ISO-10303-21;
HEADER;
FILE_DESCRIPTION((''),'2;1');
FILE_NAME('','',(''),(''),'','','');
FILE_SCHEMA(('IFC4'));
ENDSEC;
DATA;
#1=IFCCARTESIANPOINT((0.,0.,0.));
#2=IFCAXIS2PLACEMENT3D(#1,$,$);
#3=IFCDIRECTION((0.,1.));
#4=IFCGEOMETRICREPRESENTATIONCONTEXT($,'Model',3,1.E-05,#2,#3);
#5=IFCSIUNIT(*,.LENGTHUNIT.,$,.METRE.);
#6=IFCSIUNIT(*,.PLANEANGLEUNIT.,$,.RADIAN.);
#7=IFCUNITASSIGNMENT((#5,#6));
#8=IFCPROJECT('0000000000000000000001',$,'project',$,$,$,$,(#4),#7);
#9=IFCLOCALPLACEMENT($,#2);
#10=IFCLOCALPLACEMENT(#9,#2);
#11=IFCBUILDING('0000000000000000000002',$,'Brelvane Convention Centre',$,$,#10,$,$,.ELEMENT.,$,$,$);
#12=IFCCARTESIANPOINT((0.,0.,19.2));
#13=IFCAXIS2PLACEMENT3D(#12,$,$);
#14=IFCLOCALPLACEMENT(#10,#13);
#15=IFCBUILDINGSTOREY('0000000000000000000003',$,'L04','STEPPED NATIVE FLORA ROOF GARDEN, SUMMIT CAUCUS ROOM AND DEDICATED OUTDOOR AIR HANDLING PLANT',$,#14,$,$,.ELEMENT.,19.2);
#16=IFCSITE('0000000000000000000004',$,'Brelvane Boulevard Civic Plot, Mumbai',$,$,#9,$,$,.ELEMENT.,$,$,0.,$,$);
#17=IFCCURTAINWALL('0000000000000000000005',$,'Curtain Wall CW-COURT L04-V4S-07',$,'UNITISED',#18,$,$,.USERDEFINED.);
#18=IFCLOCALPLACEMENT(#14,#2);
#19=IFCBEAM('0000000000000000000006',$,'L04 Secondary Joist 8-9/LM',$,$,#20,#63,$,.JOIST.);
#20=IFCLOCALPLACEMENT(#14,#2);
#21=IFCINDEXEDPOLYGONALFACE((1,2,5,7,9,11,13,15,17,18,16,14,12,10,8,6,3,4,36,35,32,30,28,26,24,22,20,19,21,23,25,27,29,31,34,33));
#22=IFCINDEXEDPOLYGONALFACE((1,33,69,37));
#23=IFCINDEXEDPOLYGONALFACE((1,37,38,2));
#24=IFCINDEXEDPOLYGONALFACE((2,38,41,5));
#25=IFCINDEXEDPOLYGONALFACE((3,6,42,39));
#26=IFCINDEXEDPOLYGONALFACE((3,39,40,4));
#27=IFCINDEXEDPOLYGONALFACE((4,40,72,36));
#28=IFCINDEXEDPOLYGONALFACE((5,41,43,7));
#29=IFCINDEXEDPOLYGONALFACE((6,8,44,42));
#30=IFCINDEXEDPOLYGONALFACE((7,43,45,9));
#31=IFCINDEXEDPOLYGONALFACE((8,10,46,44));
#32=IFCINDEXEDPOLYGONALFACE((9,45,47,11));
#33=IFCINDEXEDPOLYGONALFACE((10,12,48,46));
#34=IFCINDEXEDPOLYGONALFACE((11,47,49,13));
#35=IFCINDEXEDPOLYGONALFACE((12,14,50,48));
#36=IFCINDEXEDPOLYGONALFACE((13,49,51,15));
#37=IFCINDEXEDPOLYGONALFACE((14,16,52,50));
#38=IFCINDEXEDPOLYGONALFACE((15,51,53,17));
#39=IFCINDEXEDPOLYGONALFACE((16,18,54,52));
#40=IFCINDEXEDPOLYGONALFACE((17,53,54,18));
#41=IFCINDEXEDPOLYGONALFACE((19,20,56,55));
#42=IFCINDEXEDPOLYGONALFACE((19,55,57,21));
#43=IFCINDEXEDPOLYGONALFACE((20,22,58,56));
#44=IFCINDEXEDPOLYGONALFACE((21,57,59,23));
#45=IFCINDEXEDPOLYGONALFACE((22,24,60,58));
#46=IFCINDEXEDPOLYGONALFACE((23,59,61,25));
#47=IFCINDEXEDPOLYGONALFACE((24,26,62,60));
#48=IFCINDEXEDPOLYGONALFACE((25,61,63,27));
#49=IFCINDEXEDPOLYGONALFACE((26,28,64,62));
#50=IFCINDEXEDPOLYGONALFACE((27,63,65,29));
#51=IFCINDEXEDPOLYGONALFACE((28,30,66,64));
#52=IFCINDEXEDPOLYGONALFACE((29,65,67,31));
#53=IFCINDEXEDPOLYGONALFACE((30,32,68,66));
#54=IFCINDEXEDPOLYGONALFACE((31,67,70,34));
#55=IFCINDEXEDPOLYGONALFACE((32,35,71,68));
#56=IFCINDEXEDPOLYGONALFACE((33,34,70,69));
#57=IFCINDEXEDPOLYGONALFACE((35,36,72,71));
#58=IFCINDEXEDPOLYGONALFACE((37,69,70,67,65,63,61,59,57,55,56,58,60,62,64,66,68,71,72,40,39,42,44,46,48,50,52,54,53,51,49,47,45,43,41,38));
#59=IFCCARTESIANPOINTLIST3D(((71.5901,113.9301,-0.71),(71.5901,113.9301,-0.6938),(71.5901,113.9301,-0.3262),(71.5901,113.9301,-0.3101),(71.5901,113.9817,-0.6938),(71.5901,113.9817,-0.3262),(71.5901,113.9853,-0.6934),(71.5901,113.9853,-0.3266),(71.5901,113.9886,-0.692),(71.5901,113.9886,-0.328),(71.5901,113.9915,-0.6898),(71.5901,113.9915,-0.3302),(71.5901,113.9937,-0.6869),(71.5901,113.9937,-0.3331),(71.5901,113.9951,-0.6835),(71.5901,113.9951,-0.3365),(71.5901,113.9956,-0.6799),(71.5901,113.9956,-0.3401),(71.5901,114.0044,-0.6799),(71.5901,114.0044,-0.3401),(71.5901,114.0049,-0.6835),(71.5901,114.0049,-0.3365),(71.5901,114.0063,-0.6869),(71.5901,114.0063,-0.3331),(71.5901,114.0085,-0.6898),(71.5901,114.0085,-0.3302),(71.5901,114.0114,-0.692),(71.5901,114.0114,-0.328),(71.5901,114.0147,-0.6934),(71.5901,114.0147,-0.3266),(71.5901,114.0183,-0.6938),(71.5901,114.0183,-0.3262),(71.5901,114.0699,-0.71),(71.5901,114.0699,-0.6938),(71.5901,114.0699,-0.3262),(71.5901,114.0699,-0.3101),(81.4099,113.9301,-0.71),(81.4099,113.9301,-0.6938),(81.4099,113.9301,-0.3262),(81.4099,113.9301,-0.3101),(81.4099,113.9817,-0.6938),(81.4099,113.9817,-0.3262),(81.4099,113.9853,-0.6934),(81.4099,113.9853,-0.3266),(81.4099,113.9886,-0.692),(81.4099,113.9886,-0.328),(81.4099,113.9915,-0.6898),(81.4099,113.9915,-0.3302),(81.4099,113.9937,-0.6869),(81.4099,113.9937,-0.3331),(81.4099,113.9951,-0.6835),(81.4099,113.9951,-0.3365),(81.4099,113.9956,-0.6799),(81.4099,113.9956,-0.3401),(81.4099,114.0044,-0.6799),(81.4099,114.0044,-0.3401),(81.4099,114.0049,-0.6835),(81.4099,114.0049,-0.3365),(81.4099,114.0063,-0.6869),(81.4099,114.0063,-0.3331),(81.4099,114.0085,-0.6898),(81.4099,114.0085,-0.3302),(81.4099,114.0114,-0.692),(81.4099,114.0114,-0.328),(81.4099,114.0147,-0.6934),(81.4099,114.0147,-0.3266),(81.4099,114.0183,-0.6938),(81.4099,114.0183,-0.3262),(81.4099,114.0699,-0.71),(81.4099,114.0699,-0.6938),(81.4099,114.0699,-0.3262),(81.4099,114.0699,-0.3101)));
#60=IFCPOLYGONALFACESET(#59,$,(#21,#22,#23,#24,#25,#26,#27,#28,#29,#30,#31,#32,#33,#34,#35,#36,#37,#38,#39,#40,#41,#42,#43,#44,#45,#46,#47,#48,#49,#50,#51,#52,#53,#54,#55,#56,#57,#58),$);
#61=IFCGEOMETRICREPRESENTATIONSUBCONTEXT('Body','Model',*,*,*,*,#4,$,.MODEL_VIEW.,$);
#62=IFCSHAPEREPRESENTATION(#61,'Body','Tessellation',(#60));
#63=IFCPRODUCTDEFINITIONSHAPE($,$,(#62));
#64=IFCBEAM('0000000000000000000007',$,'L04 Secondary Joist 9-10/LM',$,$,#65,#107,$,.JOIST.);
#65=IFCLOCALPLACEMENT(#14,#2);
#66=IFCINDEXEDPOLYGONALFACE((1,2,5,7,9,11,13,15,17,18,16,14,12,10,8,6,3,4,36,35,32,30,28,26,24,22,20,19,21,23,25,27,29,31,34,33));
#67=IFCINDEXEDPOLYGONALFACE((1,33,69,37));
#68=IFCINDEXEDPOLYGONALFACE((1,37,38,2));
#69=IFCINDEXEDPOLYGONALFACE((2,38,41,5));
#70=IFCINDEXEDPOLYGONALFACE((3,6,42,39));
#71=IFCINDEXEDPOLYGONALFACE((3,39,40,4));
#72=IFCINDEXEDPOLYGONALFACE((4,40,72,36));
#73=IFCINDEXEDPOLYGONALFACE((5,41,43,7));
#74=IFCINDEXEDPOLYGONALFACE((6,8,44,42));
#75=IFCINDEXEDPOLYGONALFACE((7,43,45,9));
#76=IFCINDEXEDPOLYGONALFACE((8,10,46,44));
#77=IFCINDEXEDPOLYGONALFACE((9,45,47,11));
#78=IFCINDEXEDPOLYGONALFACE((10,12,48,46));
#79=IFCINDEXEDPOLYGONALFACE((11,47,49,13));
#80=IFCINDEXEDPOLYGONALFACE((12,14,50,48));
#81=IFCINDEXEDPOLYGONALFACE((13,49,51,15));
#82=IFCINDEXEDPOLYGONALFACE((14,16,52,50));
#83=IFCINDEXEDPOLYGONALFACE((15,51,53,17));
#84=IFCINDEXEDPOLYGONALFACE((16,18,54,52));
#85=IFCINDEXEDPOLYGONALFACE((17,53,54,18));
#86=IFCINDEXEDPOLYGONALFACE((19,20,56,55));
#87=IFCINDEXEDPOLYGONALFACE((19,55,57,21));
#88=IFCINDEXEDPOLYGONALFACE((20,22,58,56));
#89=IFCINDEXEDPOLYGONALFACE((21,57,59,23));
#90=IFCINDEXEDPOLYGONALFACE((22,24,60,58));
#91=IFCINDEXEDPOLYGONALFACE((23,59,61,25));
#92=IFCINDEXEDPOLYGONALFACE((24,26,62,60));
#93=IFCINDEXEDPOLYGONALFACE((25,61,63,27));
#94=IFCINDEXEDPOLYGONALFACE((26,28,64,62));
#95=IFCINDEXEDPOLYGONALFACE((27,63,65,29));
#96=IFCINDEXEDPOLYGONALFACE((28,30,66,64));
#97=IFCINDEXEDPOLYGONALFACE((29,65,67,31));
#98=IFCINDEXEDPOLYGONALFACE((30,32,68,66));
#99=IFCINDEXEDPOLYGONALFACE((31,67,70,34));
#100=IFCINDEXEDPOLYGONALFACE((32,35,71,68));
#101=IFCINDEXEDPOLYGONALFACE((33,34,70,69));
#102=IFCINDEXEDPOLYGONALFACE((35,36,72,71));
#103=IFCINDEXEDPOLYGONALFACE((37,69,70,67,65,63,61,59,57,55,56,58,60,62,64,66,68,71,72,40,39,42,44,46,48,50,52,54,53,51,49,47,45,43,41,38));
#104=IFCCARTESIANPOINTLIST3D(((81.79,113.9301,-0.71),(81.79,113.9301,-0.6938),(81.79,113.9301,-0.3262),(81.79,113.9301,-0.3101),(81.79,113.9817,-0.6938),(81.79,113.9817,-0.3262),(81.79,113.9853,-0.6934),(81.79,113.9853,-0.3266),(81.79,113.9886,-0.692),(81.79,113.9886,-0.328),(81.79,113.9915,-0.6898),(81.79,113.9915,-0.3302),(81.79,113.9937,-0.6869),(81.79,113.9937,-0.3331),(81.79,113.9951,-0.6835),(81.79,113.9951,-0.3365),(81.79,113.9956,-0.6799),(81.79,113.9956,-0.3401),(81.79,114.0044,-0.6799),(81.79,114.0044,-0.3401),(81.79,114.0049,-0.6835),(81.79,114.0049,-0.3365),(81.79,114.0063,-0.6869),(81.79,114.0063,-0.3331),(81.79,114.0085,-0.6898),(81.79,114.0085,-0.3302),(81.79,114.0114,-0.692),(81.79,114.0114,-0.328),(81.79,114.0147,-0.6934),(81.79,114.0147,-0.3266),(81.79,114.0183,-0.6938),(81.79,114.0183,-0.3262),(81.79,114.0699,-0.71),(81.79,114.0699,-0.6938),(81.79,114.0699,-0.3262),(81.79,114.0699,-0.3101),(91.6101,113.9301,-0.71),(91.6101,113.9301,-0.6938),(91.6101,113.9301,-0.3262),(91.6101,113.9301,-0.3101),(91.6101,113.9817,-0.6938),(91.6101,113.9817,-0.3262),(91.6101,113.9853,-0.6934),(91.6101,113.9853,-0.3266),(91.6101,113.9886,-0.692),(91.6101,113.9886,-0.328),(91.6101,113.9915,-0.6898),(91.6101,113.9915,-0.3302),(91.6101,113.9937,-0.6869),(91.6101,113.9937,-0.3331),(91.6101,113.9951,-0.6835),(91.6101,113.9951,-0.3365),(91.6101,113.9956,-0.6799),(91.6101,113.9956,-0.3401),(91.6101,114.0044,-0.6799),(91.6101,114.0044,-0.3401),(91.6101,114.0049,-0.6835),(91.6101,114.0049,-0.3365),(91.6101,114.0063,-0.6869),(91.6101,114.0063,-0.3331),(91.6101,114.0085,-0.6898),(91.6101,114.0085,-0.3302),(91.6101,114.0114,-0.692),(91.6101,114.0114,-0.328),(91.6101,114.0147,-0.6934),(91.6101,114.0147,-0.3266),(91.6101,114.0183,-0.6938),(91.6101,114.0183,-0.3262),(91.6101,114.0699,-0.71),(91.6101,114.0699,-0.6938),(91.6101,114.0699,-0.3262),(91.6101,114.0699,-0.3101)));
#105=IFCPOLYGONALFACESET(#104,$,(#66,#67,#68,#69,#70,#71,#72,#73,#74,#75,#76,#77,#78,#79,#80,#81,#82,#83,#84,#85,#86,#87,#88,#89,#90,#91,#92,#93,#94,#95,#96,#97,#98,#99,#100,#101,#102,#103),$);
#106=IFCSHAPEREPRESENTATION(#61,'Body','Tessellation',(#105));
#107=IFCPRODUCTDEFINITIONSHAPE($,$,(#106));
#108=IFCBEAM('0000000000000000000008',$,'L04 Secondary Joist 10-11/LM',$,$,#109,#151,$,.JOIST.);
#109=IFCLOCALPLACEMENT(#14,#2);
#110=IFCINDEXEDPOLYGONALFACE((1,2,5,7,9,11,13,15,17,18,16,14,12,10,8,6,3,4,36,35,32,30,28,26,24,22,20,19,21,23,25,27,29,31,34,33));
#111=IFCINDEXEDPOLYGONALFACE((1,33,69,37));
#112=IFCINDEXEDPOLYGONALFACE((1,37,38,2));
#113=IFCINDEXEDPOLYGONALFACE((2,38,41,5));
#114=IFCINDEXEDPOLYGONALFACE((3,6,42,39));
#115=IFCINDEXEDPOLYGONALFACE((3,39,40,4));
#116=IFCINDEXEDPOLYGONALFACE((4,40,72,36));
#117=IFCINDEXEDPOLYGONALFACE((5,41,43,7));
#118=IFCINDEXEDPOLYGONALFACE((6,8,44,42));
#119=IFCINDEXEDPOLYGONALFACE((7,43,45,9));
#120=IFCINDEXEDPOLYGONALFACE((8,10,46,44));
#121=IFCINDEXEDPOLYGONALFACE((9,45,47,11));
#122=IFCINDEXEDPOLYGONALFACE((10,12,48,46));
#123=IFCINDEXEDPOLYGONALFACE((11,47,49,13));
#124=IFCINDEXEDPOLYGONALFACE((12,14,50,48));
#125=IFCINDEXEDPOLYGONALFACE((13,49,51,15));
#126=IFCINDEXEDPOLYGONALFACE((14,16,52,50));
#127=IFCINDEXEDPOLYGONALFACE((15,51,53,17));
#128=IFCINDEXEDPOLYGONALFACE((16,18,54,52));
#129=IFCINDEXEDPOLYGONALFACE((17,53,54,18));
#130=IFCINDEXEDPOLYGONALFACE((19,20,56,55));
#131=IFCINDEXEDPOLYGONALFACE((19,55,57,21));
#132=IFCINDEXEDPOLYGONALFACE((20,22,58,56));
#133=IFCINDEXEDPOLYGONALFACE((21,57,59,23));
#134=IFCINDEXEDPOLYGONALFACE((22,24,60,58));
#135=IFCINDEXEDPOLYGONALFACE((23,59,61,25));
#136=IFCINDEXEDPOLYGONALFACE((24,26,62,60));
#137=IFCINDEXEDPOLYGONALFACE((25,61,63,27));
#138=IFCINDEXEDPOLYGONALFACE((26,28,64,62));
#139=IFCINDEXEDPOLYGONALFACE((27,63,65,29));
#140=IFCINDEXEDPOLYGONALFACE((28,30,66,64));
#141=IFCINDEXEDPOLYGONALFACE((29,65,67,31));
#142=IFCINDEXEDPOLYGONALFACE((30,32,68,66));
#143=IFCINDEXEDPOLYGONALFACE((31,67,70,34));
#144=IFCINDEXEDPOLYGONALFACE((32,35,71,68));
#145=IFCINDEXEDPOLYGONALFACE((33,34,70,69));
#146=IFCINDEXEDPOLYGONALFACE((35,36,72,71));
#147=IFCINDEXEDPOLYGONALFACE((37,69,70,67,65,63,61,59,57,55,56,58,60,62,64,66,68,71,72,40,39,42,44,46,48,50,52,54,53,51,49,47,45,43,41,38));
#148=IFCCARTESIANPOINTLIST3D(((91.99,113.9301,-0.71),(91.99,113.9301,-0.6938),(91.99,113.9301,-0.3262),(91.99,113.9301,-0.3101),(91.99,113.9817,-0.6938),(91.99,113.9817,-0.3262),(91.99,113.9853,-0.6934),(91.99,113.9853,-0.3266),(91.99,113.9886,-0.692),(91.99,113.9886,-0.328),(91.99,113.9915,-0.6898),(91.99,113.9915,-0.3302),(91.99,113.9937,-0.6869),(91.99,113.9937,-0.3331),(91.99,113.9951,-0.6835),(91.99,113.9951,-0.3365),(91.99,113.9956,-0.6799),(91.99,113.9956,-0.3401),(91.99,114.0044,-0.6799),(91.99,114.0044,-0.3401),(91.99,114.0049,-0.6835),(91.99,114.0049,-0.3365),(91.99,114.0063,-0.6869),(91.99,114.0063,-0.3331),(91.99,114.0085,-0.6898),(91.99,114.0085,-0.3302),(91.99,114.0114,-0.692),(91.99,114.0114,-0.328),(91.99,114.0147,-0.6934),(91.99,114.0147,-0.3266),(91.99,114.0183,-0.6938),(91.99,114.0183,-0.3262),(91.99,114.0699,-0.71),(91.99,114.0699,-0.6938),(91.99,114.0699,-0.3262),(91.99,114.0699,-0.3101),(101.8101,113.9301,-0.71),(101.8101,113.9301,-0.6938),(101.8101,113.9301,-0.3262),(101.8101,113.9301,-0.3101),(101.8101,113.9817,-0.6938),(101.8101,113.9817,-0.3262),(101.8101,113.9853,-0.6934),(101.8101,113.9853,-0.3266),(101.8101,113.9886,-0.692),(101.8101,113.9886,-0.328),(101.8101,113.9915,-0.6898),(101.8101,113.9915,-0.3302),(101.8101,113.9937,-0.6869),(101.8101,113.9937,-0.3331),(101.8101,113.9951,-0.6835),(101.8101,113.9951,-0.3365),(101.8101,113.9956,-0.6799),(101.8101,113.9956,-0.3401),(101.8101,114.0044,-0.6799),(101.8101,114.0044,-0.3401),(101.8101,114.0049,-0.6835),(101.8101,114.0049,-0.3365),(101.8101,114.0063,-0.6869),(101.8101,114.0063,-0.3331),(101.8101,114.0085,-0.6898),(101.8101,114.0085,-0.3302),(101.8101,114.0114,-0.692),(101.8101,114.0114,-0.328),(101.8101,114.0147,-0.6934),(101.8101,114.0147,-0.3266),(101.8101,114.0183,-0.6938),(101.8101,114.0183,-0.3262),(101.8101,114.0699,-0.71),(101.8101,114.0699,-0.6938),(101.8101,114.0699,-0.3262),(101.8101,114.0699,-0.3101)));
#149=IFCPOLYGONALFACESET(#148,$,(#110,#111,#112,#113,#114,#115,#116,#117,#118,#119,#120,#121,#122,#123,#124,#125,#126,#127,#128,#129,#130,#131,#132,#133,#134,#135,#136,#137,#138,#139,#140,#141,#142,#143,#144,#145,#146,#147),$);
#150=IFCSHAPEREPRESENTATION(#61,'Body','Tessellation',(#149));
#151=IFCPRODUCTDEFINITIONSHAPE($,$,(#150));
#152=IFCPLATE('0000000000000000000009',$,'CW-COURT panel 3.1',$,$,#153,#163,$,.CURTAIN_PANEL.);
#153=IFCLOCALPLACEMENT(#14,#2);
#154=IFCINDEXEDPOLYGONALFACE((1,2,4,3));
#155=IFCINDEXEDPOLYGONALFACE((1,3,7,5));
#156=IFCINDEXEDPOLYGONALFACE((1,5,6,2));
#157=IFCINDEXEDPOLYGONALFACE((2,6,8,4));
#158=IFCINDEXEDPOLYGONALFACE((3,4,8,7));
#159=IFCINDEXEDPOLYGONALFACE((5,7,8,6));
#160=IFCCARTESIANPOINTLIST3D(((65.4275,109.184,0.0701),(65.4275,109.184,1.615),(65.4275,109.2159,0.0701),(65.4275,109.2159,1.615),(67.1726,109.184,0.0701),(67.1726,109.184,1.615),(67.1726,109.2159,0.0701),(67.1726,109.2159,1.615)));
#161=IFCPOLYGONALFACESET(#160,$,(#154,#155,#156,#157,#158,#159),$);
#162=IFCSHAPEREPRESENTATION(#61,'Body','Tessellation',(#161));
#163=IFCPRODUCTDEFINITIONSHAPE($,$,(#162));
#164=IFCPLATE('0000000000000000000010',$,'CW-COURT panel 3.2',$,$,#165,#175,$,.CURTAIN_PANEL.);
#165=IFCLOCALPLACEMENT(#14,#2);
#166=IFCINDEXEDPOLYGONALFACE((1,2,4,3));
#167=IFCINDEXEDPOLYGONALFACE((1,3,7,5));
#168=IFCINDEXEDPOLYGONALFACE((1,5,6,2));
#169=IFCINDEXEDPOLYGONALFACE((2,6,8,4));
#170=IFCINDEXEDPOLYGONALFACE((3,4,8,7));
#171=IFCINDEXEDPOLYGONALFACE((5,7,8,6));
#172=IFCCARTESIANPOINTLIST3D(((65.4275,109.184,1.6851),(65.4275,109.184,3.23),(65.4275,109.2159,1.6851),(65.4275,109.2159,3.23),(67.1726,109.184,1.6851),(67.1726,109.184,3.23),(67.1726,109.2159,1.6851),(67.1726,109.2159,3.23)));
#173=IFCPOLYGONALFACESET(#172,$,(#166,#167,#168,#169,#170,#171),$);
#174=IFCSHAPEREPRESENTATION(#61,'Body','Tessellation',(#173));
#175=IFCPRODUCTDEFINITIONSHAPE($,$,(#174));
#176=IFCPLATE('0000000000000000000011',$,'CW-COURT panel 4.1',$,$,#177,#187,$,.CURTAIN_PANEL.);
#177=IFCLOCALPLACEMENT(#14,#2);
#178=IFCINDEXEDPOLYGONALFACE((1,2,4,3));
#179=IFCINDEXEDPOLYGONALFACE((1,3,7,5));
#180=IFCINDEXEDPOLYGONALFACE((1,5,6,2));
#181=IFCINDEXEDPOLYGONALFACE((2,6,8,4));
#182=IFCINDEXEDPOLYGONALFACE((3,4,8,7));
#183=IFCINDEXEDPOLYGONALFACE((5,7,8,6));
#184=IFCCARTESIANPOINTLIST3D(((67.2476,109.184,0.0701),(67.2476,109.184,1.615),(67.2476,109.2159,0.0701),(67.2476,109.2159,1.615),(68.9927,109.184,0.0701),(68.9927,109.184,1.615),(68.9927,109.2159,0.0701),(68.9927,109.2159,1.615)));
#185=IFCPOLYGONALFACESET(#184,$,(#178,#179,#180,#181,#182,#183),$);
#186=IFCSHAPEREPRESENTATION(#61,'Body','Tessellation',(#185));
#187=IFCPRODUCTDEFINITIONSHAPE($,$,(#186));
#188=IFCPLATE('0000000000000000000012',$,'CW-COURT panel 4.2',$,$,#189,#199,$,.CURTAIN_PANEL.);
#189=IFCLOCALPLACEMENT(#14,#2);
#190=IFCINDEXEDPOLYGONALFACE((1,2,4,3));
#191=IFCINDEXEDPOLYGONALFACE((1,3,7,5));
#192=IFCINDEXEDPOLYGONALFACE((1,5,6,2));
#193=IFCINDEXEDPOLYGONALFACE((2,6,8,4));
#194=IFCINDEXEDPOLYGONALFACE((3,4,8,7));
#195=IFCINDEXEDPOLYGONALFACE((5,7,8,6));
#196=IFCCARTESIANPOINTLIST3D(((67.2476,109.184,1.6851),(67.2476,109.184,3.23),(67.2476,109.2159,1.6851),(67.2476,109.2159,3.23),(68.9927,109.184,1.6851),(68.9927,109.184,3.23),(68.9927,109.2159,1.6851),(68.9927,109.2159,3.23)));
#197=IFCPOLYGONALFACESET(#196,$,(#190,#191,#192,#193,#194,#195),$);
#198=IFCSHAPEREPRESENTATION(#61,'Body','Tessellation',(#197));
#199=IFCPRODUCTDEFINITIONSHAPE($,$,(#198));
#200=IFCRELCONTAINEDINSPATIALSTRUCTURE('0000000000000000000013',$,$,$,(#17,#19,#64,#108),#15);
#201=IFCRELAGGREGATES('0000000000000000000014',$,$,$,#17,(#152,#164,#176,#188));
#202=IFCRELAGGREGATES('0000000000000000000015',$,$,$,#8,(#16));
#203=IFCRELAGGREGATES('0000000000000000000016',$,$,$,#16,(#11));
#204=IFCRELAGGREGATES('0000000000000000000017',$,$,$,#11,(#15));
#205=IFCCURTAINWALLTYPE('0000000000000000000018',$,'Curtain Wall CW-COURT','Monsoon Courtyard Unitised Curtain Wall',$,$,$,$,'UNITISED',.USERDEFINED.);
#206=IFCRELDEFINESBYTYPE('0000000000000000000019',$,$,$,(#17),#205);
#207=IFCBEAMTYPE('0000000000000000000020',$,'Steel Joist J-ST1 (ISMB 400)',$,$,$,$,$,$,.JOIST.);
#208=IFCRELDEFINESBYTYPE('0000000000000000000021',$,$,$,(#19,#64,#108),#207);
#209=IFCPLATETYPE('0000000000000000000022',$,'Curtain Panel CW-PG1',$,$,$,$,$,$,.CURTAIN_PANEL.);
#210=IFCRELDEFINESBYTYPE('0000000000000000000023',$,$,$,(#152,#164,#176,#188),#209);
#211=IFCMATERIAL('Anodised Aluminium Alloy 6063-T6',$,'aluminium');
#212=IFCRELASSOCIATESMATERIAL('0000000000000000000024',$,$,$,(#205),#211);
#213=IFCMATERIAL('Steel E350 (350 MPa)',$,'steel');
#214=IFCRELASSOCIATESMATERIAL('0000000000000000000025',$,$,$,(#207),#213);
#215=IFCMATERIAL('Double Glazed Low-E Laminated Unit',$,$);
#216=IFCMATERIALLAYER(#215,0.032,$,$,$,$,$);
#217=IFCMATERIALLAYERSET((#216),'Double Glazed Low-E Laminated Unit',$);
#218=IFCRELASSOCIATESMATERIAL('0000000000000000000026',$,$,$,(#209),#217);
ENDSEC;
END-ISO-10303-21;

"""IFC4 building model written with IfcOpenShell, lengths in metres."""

from ifc_helpers import new_model, si_unit, direction, frame, origin, origin_2d, place, context, subcontext, project, spatial, rectangle, i_section, extrude, material, layer, layer_set, material_profile, profile_set, type_object, element, aggregate, save


model = new_model("IFC4")

# Units and contexts
model_context = context("Model", 3, precision=1e-05, world=origin(), true_north=direction((0.0, 1.0)))
body_context = subcontext(model_context, "Body", "Model", "MODEL_VIEW")
ifc_project = project(units=[si_unit("LENGTHUNIT", "METRE"), si_unit("PLANEANGLEUNIT", "RADIAN")], contexts=[model_context])

# Site, building, storey
site_placement = place(None, origin())
site = spatial("IfcSite", under=ifc_project, at=site_placement, Name="Brelvane Boulevard Civic Plot, Mumbai", CompositionType="ELEMENT", RefElevation=0.0)
building_placement = place(site_placement, origin())
building = spatial("IfcBuilding", under=site, at=building_placement, Name="Brelvane Convention Centre", CompositionType="ELEMENT")
storey_placement = place(building_placement, frame((0.0, 0.0, 19.2)))
storey = spatial("IfcBuildingStorey", under=building, at=storey_placement, Name="L04", Description="STEPPED NATIVE FLORA ROOF GARDEN, SUMMIT CAUCUS ROOM AND DEDICATED OUTDOOR AIR HANDLING PLANT", CompositionType="ELEMENT", Elevation=19.2)

# Curtain wall
ifc_material_1 = material(Name="Anodised Aluminium Alloy 6063-T6", Category="aluminium")
curtain_wall_type = type_object("IfcCurtainWallType", Name="Curtain Wall CW-COURT", Description="Monsoon Courtyard Unitised Curtain Wall", ElementType="UNITISED", PredefinedType="USERDEFINED", material=ifc_material_1)
curtain_wall_placement = place(storey_placement, origin())
curtain_wall = element("IfcCurtainWall", 1, at=curtain_wall_placement, inside=storey, type_object=curtain_wall_type, Name="Curtain Wall CW-COURT L04-V4S-07", ObjectType="UNITISED", PredefinedType="USERDEFINED")

# Beams
ifc_material_2 = material(Name="Steel E350 (350 MPa)", Category="steel")
ifc_material_profile_1 = material_profile(ifc_material_2, i_section(OverallWidth=0.1399, OverallDepth=0.3999, WebThickness=0.0088, FlangeThickness=0.0161, FilletRadius=0.0139, at=origin_2d()), Name="ISMB 400")
ifc_profile_set_1 = profile_set([ifc_material_profile_1], Name="Steel E350 (350 MPa)")
beam_type_1 = type_object("IfcBeamType", Name="Steel Joist J-ST1 (ISMB 400)", PredefinedType="JOIST", material=ifc_profile_set_1)
beam_1_placement = place(storey_placement, frame((71.5901, 114.0, -0.51), z_axis=(1.0, 0.0, 0.0), x_axis=(0.0, 1.0, 0.0)))
element("IfcBeam", 2, at=beam_1_placement, inside=storey, type_object=beam_type_1, Name="L04 Secondary Joist 8-9/LM", PredefinedType="JOIST", context=body_context, shape_type="SweptSolid", body=[
    extrude(i_section(OverallWidth=0.1399, OverallDepth=0.3999, WebThickness=0.0088, FlangeThickness=0.0161, FilletRadius=0.0139, at=origin_2d()), origin(), (0.0, 0.0, 1.0), 9.8198),
])
for number, where, z_axis, x_axis, name in (
    (3, (81.79, 114.0, -0.51), (1.0, 0.0, 0.0), (0.0, 1.0, 0.0), "L04 Secondary Joist 9-10/LM"),
    (4, (91.99, 114.0, -0.51), (1.0, 0.0, 0.0), (0.0, 1.0, 0.0), "L04 Secondary Joist 10-11/LM"),
):
    element("IfcBeam", number, at=place(storey_placement, frame(where, z_axis=z_axis, x_axis=x_axis)), inside=storey, type_object=beam_type_1, Name=name, PredefinedType="JOIST", context=body_context, shape_type="SweptSolid", body=[
        extrude(i_section(OverallWidth=0.1399, OverallDepth=0.3999, WebThickness=0.0088, FlangeThickness=0.0161, FilletRadius=0.0139, at=origin_2d()), origin(), (0.0, 0.0, 1.0), 9.8201),
    ])

# Plates
ifc_material_3 = material(Name="Double Glazed Low-E Laminated Unit")
ifc_layer_1 = layer(ifc_material_3, 0.032)
ifc_layer_set_1 = layer_set([ifc_layer_1], Name="Double Glazed Low-E Laminated Unit")
plate_type = type_object("IfcPlateType", Name="Curtain Panel CW-PG1", PredefinedType="CURTAIN_PANEL", material=ifc_layer_set_1)
plate_1_placement = place(storey_placement, frame((66.3, 109.2, 0.0701), z_axis=(0.0, 0.0, 1.0), x_axis=(1.0, 0.0, 0.0)))
plate_1 = element("IfcPlate", 5, at=plate_1_placement, type_object=plate_type, Name="CW-COURT panel 3.1", PredefinedType="CURTAIN_PANEL", context=body_context, shape_type="SweptSolid", body=[
    extrude(rectangle(XDim=1.7451, YDim=0.032, at=origin_2d()), origin(), (0.0, 0.0, 1.0), 1.5449),
])
plate_2_placement = place(storey_placement, frame((66.3, 109.2, 1.6851), z_axis=(0.0, 0.0, 1.0), x_axis=(1.0, 0.0, 0.0)))
plate_2 = element("IfcPlate", 6, at=plate_2_placement, type_object=plate_type, Name="CW-COURT panel 3.2", PredefinedType="CURTAIN_PANEL", context=body_context, shape_type="SweptSolid", body=[
    extrude(rectangle(XDim=1.7451, YDim=0.032, at=origin_2d()), origin(), (0.0, 0.0, 1.0), 1.5449),
])
plate_3_placement = place(storey_placement, frame((68.1201, 109.2, 0.0701), z_axis=(0.0, 0.0, 1.0), x_axis=(1.0, 0.0, 0.0)))
plate_3 = element("IfcPlate", 7, at=plate_3_placement, type_object=plate_type, Name="CW-COURT panel 4.1", PredefinedType="CURTAIN_PANEL", context=body_context, shape_type="SweptSolid", body=[
    extrude(rectangle(XDim=1.7451, YDim=0.032, at=origin_2d()), origin(), (0.0, 0.0, 1.0), 1.5449),
])
plate_4_placement = place(storey_placement, frame((68.1201, 109.2, 1.6851), z_axis=(0.0, 0.0, 1.0), x_axis=(1.0, 0.0, 0.0)))
plate_4 = element("IfcPlate", 8, at=plate_4_placement, type_object=plate_type, Name="CW-COURT panel 4.2", PredefinedType="CURTAIN_PANEL", context=body_context, shape_type="SweptSolid", body=[
    extrude(rectangle(XDim=1.7451, YDim=0.032, at=origin_2d()), origin(), (0.0, 0.0, 1.0), 1.5449),
])
aggregate(curtain_wall, [plate_1, plate_2, plate_3, plate_4])

save(model, "model.ifc")
